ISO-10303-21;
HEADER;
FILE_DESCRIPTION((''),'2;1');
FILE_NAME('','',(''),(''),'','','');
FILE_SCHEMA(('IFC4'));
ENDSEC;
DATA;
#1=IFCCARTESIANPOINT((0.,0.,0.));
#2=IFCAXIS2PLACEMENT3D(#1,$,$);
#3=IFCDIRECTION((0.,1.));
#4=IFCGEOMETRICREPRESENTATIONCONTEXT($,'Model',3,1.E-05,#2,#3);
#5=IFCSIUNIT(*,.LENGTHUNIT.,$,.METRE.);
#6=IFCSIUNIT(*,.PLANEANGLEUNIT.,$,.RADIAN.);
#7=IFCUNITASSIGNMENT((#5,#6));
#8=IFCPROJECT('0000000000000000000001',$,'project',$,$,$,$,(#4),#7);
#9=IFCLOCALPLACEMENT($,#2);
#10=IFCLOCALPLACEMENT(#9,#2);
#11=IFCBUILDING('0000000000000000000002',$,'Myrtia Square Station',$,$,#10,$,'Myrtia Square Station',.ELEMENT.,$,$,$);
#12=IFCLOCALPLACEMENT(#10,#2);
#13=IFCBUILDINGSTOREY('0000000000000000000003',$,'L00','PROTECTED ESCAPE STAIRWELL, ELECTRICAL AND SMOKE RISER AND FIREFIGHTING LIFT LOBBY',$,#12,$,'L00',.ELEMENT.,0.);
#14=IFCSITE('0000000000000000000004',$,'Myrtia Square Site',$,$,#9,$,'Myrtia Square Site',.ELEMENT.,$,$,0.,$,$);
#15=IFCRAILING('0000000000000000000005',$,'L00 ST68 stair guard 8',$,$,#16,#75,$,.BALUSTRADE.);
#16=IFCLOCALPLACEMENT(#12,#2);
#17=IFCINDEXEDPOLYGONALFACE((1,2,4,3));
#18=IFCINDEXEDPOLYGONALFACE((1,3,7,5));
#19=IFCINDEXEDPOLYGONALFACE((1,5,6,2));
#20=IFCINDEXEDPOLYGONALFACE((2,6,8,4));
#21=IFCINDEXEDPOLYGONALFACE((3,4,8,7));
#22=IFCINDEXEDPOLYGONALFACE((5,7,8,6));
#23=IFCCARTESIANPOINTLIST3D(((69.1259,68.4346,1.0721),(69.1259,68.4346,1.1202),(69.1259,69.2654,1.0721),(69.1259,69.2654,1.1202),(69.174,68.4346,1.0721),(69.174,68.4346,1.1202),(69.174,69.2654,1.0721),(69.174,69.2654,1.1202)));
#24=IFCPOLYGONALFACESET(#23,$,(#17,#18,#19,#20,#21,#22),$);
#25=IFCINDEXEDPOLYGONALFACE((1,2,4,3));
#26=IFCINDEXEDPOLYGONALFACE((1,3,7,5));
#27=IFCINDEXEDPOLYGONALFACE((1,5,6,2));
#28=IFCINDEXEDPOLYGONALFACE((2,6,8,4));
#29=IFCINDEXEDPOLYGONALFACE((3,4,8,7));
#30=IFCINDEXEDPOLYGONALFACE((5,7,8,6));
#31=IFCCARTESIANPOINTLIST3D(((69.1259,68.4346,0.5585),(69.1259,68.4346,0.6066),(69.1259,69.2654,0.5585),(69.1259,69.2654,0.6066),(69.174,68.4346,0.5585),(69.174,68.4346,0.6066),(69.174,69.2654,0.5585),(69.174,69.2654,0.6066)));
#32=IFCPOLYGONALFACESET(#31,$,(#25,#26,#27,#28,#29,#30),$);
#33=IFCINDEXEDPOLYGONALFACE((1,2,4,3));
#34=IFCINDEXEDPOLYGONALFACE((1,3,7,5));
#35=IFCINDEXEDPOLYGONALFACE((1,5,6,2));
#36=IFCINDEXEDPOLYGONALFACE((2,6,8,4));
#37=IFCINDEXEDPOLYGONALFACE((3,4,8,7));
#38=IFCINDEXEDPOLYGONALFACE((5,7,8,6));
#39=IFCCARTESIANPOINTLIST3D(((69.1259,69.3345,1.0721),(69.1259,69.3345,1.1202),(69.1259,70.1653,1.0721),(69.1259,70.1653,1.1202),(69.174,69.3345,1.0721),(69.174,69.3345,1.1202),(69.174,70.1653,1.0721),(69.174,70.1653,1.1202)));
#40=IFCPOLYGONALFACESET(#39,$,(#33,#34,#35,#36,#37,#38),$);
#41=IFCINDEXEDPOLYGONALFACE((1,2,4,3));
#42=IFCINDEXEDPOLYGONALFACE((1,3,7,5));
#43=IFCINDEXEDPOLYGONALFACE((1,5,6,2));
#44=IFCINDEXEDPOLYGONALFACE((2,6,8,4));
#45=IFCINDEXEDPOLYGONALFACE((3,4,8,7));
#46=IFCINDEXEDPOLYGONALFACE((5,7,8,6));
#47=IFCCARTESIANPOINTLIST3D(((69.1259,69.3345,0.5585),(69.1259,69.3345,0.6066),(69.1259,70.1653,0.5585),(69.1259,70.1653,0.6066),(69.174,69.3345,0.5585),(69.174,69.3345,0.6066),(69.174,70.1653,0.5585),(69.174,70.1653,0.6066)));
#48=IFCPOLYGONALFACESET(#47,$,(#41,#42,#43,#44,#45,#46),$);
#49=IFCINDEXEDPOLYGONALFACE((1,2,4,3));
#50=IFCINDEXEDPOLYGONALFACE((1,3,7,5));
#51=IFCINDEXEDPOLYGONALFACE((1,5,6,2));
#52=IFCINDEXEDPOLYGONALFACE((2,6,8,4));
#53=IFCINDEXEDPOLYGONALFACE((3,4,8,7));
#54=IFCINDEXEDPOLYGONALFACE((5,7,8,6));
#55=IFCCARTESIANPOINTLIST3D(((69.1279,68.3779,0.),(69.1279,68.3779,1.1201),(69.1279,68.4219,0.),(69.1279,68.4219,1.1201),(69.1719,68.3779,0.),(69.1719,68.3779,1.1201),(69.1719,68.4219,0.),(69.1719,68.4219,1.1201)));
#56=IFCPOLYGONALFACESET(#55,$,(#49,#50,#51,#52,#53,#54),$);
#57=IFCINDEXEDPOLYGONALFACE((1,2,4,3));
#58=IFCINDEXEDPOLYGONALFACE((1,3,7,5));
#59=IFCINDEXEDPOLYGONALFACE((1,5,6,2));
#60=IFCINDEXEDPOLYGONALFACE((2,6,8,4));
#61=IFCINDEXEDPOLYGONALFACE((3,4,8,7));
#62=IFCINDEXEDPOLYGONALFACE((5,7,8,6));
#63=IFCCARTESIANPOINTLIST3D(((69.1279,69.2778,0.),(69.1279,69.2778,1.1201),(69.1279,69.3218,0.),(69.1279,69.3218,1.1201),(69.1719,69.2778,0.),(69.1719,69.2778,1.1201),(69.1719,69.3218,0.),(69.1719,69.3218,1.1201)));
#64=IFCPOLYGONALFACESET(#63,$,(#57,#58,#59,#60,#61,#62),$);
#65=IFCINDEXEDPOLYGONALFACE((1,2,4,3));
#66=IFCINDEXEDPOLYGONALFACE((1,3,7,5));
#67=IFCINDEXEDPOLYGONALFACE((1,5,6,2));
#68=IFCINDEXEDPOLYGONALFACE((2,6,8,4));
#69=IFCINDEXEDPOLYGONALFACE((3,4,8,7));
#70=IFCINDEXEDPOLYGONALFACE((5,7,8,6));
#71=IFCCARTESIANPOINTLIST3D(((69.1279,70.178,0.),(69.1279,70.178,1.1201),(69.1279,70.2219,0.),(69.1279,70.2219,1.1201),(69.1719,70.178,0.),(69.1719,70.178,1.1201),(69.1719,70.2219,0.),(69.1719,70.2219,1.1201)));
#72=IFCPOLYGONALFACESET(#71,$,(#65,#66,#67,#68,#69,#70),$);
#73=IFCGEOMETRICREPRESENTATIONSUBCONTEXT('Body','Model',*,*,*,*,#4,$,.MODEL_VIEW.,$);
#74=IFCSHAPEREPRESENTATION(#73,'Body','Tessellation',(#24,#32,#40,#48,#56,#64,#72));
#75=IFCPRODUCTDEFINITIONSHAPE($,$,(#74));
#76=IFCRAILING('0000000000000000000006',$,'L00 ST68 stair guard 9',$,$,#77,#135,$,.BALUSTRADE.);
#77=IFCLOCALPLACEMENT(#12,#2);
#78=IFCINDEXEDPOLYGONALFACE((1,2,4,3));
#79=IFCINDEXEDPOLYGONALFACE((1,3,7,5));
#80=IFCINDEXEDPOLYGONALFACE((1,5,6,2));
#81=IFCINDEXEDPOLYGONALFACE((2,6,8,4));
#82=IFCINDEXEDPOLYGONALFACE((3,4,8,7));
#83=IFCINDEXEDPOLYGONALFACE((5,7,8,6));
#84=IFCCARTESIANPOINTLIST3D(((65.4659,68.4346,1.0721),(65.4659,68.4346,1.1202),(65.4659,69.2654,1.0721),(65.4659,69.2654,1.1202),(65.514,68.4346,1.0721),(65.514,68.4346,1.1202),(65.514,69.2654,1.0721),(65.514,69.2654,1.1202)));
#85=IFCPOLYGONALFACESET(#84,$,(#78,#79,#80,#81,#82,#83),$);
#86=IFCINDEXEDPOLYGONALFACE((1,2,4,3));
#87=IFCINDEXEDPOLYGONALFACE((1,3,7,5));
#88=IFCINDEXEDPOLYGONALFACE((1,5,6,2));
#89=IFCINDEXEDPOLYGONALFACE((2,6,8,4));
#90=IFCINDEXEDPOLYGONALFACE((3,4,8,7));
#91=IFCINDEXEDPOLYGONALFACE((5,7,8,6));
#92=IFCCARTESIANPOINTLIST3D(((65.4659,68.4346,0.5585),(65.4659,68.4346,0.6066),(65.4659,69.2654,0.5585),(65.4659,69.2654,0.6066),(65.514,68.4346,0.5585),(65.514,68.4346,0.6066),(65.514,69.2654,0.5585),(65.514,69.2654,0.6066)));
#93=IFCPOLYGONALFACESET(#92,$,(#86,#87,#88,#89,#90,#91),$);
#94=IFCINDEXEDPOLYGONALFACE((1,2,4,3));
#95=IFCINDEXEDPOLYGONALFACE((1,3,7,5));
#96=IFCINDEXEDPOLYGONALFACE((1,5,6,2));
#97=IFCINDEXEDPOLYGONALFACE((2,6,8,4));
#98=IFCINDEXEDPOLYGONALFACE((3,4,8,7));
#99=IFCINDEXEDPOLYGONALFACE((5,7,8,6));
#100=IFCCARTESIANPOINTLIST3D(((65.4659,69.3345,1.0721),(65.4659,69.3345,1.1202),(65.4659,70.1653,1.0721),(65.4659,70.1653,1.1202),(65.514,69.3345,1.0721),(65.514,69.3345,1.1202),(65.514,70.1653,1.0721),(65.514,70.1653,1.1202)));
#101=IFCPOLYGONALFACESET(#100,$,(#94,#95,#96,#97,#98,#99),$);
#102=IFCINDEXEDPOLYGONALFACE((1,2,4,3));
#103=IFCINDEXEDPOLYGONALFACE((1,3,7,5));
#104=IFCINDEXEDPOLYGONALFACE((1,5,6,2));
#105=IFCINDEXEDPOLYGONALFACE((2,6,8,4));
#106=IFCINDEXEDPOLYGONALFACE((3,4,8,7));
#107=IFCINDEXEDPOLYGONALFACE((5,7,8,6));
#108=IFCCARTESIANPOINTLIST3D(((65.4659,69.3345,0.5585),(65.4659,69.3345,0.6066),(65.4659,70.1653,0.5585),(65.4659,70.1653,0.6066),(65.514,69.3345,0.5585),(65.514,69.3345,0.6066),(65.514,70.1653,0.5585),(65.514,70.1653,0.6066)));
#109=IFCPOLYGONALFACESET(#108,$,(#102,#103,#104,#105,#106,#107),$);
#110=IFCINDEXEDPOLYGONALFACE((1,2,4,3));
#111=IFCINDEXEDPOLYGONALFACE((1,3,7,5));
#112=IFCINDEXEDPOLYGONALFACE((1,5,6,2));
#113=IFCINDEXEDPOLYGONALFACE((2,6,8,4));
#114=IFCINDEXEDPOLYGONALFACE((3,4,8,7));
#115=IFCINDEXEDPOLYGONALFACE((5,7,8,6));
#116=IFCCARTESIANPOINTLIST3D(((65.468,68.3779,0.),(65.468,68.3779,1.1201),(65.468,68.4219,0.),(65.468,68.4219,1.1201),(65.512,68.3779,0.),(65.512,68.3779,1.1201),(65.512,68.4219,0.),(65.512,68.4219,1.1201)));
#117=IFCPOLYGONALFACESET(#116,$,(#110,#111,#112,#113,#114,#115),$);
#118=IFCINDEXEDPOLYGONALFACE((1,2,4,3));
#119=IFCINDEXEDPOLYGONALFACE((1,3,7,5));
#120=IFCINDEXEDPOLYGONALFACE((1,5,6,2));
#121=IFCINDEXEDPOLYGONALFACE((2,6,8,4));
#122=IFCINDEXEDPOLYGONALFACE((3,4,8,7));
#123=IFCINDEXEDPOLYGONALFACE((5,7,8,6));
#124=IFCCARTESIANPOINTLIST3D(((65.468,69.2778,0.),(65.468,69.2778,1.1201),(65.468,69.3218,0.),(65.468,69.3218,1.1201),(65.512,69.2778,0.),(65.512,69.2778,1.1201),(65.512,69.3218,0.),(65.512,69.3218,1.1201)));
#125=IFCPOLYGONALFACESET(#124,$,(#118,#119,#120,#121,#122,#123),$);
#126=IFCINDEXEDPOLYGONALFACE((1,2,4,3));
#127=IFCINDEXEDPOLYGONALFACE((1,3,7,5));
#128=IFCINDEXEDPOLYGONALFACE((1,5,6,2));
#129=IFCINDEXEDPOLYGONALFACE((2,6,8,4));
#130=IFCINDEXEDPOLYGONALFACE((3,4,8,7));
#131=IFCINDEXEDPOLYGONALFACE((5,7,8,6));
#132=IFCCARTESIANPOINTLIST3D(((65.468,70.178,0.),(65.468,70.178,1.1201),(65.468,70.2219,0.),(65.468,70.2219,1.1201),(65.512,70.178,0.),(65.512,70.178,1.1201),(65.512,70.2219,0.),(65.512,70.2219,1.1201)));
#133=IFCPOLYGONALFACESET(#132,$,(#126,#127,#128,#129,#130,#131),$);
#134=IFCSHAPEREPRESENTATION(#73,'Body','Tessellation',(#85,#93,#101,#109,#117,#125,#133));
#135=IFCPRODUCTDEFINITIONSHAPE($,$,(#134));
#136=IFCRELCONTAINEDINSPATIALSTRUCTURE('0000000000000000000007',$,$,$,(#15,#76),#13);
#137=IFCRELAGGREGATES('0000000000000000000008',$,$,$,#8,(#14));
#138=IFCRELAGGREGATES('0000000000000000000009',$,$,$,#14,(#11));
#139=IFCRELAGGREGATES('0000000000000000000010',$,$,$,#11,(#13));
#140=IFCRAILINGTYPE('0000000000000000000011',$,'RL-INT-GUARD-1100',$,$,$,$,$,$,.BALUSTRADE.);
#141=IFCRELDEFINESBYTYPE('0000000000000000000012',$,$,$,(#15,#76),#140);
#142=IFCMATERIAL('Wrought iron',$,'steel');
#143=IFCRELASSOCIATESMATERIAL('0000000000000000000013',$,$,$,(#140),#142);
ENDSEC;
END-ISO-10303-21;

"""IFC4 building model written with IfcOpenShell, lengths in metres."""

from ifc_helpers import new_model, si_unit, direction, frame, origin, origin_2d, place, context, subcontext, project, spatial, rectangle, extrude, material, type_object, element, save


model = new_model("IFC4")

# Units and contexts
model_context = context("Model", 3, precision=1e-05, world=origin(), true_north=direction((0.0, 1.0)))
body_context = subcontext(model_context, "Body", "Model", "MODEL_VIEW")
ifc_project = project(units=[si_unit("LENGTHUNIT", "METRE"), si_unit("PLANEANGLEUNIT", "RADIAN")], contexts=[model_context])

# Site, building, storey
site_placement = place(None, origin())
site = spatial("IfcSite", under=ifc_project, at=site_placement, Name="Myrtia Square Site", LongName="Myrtia Square Site", CompositionType="ELEMENT", RefElevation=0.0)
building_placement = place(site_placement, origin())
building = spatial("IfcBuilding", under=site, at=building_placement, Name="Myrtia Square Station", LongName="Myrtia Square Station", CompositionType="ELEMENT")
storey_placement = place(building_placement, origin())
storey = spatial("IfcBuildingStorey", under=building, at=storey_placement, Name="L00", Description="PROTECTED ESCAPE STAIRWELL, ELECTRICAL AND SMOKE RISER AND FIREFIGHTING LIFT LOBBY", LongName="L00", CompositionType="ELEMENT", Elevation=0.0)

# Railings
ifc_material_1 = material(Name="Wrought iron", Category="steel")
railing_type_1 = type_object("IfcRailingType", Name="RL-INT-GUARD-1100", PredefinedType="BALUSTRADE", material=ifc_material_1)
for number, where, name in (
    (1, (69.1499, 68.3999, 0.0), "L00 ST68 stair guard 8"),
    (2, (65.49, 68.3999, 0.0), "L00 ST68 stair guard 9"),
):
    element("IfcRailing", number, at=place(storey_placement, frame(where)), inside=storey, type_object=railing_type_1, Name=name, PredefinedType="BALUSTRADE", context=body_context, shape_type="SweptSolid", body=[
        extrude(rectangle(XDim=0.0481, YDim=0.0481, at=origin_2d()), frame((0.0, 0.0347, 1.0962), z_axis=(0.0, 1.0, 0.0), x_axis=(-1.0, 0.0, 0.0)), (0.0, 0.0, 1.0), 0.8308),
        extrude(rectangle(XDim=0.0481, YDim=0.0481, at=origin_2d()), frame((0.0, 0.0347, 0.5825), z_axis=(0.0, 1.0, 0.0), x_axis=(-1.0, 0.0, 0.0)), (0.0, 0.0, 1.0), 0.8308),
        extrude(rectangle(XDim=0.0481, YDim=0.0481, at=origin_2d()), frame((0.0, 0.9346, 1.0962), z_axis=(0.0, 1.0, 0.0), x_axis=(-1.0, 0.0, 0.0)), (0.0, 0.0, 1.0), 0.8308),
        extrude(rectangle(XDim=0.0481, YDim=0.0481, at=origin_2d()), frame((0.0, 0.9346, 0.5825), z_axis=(0.0, 1.0, 0.0), x_axis=(-1.0, 0.0, 0.0)), (0.0, 0.0, 1.0), 0.8308),
        extrude(rectangle(XDim=0.0439, YDim=0.0439, at=origin_2d()), origin(), (0.0, 0.0, 1.0), 1.1201),
        extrude(rectangle(XDim=0.0439, YDim=0.0439, at=origin_2d()), frame((0.0, 0.8999, 0.0)), (0.0, 0.0, 1.0), 1.1201),
        extrude(rectangle(XDim=0.0439, YDim=0.0439, at=origin_2d()), frame((0.0, 1.8, 0.0)), (0.0, 0.0, 1.0), 1.1201),
    ])

save(model, "model.ifc")
